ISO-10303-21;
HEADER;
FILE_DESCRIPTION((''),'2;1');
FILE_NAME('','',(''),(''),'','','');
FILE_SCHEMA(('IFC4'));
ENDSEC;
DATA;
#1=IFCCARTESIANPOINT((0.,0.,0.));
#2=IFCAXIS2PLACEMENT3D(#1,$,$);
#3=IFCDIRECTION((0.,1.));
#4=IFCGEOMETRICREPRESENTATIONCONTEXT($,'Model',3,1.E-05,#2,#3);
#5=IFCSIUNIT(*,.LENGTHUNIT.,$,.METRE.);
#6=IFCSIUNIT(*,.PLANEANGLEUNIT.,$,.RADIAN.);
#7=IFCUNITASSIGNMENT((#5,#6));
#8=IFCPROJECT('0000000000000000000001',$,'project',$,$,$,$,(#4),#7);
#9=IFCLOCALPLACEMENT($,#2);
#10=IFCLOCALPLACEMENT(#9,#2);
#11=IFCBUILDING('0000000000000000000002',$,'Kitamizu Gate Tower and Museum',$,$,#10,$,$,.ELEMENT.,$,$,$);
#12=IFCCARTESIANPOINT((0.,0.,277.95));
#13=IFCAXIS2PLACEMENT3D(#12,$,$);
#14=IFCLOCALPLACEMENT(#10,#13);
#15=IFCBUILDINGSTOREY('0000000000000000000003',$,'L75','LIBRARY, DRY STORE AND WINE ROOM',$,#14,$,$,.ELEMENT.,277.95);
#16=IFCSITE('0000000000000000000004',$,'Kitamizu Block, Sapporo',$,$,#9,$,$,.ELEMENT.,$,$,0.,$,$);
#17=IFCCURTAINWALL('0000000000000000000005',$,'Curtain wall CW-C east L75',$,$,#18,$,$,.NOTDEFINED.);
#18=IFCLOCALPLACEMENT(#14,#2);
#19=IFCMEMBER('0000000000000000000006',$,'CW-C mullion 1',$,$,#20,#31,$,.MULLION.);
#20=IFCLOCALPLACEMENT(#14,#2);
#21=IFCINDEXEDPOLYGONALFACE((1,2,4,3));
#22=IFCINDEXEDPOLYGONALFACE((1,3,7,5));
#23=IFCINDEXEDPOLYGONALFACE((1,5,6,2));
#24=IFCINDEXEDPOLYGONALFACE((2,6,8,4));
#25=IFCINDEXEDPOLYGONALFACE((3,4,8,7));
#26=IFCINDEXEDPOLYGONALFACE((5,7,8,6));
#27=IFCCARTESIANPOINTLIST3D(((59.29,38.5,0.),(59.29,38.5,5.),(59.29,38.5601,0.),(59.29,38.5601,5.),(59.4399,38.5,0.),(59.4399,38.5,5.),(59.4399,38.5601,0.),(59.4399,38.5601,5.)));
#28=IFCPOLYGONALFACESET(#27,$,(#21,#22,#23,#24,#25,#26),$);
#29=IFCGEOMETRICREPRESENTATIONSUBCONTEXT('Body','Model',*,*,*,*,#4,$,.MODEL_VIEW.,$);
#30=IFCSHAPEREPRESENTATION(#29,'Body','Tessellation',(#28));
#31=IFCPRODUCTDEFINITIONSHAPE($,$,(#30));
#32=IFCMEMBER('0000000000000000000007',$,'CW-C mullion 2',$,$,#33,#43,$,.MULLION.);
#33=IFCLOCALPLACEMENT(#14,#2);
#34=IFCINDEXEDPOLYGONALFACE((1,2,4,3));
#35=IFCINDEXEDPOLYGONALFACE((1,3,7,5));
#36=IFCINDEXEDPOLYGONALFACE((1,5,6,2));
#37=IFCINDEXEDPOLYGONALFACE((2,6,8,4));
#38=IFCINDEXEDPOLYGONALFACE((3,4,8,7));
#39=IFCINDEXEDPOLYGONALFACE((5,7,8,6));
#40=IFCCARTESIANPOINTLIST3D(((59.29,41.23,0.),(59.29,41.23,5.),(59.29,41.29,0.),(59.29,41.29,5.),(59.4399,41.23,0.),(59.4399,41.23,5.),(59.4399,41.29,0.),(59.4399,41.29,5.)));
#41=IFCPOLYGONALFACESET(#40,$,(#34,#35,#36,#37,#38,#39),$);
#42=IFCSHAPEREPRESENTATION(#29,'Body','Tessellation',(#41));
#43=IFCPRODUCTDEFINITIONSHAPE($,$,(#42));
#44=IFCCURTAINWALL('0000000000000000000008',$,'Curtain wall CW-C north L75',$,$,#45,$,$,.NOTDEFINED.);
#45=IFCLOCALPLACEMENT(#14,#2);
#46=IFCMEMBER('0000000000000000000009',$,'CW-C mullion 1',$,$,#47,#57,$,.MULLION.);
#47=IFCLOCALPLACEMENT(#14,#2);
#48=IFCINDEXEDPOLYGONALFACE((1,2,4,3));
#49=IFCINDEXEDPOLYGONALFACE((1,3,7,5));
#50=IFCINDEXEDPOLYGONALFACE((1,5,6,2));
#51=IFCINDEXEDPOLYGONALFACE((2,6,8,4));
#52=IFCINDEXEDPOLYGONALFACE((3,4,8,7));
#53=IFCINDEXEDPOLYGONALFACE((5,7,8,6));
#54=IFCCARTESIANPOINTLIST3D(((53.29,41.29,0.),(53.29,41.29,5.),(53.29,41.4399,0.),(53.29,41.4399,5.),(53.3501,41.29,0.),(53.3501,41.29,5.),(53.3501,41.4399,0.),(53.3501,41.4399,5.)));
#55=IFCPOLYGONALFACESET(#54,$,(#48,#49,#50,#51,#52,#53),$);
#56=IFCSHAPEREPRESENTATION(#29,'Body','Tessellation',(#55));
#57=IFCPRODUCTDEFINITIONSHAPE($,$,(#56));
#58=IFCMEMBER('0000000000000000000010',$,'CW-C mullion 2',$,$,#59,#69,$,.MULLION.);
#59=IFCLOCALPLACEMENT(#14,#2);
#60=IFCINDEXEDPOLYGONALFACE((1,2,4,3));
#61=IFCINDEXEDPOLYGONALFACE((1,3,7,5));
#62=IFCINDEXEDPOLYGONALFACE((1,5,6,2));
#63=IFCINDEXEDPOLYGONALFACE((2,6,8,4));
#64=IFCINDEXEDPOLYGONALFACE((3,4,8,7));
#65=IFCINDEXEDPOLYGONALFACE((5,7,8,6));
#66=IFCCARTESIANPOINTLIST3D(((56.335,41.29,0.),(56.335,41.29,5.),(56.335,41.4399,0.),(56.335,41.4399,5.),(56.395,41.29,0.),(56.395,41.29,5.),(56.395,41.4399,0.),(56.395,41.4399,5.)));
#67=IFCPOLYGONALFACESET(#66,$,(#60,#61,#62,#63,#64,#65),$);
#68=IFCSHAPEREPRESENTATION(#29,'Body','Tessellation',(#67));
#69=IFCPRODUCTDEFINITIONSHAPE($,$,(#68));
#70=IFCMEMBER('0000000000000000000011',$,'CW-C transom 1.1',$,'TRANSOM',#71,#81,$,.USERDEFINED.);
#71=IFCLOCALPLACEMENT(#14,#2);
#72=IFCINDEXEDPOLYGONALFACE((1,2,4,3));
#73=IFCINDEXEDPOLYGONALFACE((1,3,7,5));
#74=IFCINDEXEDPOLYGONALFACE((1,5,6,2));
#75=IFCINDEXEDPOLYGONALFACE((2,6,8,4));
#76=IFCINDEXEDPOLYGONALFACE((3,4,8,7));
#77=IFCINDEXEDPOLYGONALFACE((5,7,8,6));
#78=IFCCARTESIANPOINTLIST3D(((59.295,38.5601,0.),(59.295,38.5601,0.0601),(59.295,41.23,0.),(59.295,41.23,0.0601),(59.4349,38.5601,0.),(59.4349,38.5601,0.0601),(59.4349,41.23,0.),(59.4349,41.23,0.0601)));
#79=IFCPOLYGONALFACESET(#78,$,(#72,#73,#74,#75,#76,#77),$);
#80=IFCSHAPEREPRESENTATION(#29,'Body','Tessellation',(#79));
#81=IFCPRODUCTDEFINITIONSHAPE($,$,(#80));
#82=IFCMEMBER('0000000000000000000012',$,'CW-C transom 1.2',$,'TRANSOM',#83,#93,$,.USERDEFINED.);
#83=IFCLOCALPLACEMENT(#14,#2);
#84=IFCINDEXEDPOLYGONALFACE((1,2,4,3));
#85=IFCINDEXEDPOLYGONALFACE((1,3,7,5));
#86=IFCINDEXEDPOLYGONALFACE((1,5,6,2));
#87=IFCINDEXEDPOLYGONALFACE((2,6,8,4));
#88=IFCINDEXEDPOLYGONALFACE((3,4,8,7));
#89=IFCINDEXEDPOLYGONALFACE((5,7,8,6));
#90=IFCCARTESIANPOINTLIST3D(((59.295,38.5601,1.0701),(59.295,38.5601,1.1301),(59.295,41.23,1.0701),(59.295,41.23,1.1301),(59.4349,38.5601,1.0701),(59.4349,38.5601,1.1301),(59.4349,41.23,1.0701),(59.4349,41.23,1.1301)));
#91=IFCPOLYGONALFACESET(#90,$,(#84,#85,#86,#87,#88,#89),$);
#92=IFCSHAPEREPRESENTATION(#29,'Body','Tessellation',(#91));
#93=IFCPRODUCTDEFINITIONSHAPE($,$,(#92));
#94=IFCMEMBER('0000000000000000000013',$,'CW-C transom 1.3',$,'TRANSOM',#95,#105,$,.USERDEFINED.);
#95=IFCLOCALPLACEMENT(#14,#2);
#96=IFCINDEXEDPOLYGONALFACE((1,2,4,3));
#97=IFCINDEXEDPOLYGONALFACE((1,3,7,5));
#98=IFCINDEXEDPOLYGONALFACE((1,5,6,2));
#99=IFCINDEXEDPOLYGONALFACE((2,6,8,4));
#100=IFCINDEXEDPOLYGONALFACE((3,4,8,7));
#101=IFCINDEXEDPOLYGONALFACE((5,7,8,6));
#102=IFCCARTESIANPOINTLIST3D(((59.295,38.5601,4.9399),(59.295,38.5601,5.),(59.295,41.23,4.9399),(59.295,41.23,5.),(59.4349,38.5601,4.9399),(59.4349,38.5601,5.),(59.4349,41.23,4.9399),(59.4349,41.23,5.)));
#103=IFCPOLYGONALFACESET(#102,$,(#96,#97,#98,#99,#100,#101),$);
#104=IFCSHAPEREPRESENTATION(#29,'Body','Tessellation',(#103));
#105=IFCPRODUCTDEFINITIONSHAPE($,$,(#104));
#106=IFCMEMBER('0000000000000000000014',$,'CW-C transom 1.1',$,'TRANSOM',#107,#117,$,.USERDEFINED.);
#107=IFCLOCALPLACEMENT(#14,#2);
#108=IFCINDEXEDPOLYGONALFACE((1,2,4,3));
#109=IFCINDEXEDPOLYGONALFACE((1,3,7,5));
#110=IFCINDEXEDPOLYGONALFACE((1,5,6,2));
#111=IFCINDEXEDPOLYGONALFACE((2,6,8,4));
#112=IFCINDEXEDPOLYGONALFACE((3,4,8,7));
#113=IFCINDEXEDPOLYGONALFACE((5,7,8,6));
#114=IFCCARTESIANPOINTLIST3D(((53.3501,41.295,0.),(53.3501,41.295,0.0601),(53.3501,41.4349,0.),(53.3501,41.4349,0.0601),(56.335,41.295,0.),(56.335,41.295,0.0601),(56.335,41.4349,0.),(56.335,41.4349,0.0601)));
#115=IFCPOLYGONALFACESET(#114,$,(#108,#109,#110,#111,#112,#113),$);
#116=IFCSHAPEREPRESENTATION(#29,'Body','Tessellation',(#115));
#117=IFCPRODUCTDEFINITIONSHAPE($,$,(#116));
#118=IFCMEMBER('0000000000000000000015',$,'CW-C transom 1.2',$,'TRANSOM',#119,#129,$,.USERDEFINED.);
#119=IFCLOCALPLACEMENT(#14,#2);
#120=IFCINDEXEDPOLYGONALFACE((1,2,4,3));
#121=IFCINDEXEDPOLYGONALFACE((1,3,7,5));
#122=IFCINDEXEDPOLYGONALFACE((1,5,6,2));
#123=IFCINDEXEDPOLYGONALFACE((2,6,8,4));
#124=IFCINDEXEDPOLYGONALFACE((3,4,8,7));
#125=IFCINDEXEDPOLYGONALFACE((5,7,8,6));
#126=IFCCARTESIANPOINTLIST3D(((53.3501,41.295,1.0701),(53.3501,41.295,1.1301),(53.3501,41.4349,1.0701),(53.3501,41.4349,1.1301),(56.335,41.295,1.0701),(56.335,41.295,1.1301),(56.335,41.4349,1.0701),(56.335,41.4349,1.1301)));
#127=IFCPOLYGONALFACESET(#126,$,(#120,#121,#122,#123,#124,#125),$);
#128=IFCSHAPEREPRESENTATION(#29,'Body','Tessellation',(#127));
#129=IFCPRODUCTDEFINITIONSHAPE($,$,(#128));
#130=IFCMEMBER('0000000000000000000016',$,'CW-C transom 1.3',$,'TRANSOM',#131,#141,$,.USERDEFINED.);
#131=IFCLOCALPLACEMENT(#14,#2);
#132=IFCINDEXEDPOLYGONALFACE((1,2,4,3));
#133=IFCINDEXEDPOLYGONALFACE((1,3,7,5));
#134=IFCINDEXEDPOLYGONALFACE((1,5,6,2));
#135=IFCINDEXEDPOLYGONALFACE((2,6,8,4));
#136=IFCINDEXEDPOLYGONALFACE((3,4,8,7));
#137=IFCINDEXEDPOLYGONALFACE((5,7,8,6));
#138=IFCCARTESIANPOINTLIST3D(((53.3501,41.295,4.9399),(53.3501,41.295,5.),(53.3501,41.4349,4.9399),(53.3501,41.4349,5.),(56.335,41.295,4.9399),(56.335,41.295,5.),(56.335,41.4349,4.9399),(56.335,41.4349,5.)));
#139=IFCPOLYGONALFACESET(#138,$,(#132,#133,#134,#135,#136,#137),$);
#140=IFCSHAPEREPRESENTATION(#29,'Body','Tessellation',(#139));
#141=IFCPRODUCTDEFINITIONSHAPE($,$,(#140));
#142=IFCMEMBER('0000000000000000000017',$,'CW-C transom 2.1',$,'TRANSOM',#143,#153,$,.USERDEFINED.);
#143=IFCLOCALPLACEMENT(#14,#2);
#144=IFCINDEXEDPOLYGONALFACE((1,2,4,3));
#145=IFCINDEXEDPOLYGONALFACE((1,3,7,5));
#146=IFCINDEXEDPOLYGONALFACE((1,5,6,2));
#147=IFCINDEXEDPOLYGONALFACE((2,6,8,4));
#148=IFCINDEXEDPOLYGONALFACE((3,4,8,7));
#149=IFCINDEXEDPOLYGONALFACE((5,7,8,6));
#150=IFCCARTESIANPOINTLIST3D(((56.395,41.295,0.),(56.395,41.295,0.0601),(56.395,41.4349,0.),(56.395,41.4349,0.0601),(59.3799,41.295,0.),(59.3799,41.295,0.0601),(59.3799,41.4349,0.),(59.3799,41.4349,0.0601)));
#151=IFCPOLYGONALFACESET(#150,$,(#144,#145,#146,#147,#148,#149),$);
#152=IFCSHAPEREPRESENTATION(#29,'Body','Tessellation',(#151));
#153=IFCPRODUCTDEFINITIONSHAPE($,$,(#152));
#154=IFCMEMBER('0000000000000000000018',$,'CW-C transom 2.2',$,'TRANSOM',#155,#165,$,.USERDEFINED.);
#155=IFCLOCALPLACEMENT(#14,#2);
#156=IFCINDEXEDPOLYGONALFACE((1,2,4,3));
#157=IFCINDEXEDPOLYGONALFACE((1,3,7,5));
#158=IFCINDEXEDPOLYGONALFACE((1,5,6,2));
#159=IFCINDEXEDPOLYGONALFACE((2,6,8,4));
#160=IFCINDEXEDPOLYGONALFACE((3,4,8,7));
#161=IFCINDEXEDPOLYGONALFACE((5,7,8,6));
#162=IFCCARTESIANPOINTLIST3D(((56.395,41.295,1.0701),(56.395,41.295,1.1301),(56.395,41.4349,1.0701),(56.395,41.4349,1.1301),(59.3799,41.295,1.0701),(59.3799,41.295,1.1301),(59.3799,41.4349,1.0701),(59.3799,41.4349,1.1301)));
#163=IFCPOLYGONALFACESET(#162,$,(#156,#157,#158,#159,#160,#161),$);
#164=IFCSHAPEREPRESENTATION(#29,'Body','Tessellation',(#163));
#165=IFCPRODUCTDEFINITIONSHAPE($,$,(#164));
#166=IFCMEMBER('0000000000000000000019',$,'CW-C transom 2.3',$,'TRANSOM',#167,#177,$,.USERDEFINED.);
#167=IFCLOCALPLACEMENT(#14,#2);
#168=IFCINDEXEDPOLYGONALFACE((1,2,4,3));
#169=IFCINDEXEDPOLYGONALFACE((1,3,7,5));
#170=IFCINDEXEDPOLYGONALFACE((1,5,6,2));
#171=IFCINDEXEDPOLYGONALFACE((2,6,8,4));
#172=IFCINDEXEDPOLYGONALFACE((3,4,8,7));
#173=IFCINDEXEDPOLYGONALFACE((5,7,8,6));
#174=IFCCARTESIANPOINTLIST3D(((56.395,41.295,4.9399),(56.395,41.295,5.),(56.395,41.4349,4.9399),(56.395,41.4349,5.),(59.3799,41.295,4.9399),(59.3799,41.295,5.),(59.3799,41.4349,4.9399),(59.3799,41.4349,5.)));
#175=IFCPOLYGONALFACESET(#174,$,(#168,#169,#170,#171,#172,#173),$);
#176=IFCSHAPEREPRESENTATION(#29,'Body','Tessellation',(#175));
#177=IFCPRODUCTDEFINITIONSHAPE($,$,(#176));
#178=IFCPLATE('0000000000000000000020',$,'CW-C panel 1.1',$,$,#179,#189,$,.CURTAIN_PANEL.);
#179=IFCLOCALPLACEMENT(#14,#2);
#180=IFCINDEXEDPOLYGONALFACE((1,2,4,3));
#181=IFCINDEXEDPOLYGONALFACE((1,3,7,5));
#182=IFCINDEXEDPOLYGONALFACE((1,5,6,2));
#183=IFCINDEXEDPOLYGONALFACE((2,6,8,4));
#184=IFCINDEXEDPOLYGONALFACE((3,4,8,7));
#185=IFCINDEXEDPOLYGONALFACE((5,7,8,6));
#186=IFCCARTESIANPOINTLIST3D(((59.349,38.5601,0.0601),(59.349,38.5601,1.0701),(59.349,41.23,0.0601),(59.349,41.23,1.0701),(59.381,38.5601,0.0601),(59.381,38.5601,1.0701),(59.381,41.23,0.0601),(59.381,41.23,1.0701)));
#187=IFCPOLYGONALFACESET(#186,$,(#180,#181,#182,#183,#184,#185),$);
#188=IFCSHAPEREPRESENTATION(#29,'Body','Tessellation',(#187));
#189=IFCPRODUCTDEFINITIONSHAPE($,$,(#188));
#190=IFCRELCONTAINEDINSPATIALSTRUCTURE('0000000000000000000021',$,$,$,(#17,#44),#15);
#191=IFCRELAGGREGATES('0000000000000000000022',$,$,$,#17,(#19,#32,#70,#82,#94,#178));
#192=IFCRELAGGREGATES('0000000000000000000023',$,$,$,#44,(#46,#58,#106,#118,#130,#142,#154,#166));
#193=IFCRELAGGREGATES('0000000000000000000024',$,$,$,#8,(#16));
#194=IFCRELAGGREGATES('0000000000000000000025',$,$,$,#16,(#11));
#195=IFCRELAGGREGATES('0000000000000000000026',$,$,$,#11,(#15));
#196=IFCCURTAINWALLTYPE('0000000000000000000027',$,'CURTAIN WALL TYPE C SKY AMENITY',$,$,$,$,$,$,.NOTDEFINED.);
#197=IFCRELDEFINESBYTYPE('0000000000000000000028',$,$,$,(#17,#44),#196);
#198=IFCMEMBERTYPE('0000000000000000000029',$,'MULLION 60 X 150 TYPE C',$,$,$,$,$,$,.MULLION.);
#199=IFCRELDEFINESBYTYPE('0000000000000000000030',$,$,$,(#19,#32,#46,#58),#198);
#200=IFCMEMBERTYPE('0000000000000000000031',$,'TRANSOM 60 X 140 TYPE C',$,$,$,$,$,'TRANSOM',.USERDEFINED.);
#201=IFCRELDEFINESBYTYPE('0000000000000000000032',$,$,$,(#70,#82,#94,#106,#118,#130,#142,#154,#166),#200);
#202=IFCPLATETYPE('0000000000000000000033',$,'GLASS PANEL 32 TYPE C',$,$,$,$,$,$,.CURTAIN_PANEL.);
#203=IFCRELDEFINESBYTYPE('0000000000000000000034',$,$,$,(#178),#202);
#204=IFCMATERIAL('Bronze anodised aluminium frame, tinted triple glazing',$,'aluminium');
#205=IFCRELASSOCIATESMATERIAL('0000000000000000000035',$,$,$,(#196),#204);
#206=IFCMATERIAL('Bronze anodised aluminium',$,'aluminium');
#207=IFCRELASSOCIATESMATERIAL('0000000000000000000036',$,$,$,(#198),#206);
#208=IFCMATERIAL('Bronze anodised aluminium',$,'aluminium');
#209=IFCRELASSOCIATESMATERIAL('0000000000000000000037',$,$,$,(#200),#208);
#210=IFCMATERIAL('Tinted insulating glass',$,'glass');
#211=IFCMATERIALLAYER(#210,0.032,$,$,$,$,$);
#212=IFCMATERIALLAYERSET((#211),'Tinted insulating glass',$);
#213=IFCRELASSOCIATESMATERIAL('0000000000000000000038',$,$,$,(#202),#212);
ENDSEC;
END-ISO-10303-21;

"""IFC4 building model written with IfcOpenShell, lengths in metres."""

from ifc_helpers import new_model, si_unit, direction, frame, origin, origin_2d, place, context, subcontext, project, spatial, rectangle, extrude, material, layer, layer_set, material_profile, profile_set, type_object, element, aggregate, save


model = new_model("IFC4")

# Units and contexts
model_context = context("Model", 3, precision=1e-05, world=origin(), true_north=direction((0.0, 1.0)))
body_context = subcontext(model_context, "Body", "Model", "MODEL_VIEW")
ifc_project = project(units=[si_unit("LENGTHUNIT", "METRE"), si_unit("PLANEANGLEUNIT", "RADIAN")], contexts=[model_context])

# Site, building, storey
site_placement = place(None, origin())
site = spatial("IfcSite", under=ifc_project, at=site_placement, Name="Kitamizu Block, Sapporo", CompositionType="ELEMENT", RefElevation=0.0)
building_placement = place(site_placement, origin())
building = spatial("IfcBuilding", under=site, at=building_placement, Name="Kitamizu Gate Tower and Museum", CompositionType="ELEMENT")
storey_placement = place(building_placement, frame((0.0, 0.0, 277.95)))
storey = spatial("IfcBuildingStorey", under=building, at=storey_placement, Name="L75", Description="LIBRARY, DRY STORE AND WINE ROOM", CompositionType="ELEMENT", Elevation=277.95)

# Curtain walls, members
ifc_material_1 = material(Name="Bronze anodised aluminium frame, tinted triple glazing", Category="aluminium")
curtain_wall_type = type_object("IfcCurtainWallType", Name="CURTAIN WALL TYPE C SKY AMENITY", PredefinedType="NOTDEFINED", material=ifc_material_1)
curtain_wall_1_placement = place(storey_placement, origin())
curtain_wall_1 = element("IfcCurtainWall", 1, at=curtain_wall_1_placement, inside=storey, type_object=curtain_wall_type, Name="Curtain wall CW-C east L75", PredefinedType="NOTDEFINED")
ifc_material_2 = material(Name="Bronze anodised aluminium", Category="aluminium")
ifc_material_profile_1 = material_profile(ifc_material_2, rectangle(XDim=0.0601, YDim=0.1499, at=origin_2d()), Name="AL 60X150")
ifc_profile_set_1 = profile_set([ifc_material_profile_1], Name="Bronze anodised aluminium")
member_type_1 = type_object("IfcMemberType", Name="MULLION 60 X 150 TYPE C", PredefinedType="MULLION", material=ifc_profile_set_1)
member_1_placement = place(storey_placement, frame((59.365, 38.53, 0.0), z_axis=(0.0, 0.0, 1.0), x_axis=(0.0, 1.0, 0.0)))
member_1 = element("IfcMember", 2, at=member_1_placement, type_object=member_type_1, Name="CW-C mullion 1", PredefinedType="MULLION", context=body_context, shape_type="SweptSolid", body=[
    extrude(rectangle(XDim=0.0601, YDim=0.1499, at=origin_2d()), origin(), (0.0, 0.0, 1.0), 5.0),
])
member_2_placement = place(storey_placement, frame((59.365, 41.26, 0.0), z_axis=(0.0, 0.0, 1.0), x_axis=(0.0, 1.0, 0.0)))
member_2 = element("IfcMember", 3, at=member_2_placement, type_object=member_type_1, Name="CW-C mullion 2", PredefinedType="MULLION", context=body_context, shape_type="SweptSolid", body=[
    extrude(rectangle(XDim=0.0601, YDim=0.1499, at=origin_2d()), origin(), (0.0, 0.0, 1.0), 5.0),
])
curtain_wall_2_placement = place(storey_placement, origin())
curtain_wall_2 = element("IfcCurtainWall", 4, at=curtain_wall_2_placement, inside=storey, type_object=curtain_wall_type, Name="Curtain wall CW-C north L75", PredefinedType="NOTDEFINED")
member_3_placement = place(storey_placement, frame((53.3201, 41.365, 0.0), z_axis=(0.0, 0.0, 1.0), x_axis=(1.0, 0.0, 0.0)))
member_3 = element("IfcMember", 5, at=member_3_placement, type_object=member_type_1, Name="CW-C mullion 1", PredefinedType="MULLION", context=body_context, shape_type="SweptSolid", body=[
    extrude(rectangle(XDim=0.0601, YDim=0.1499, at=origin_2d()), origin(), (0.0, 0.0, 1.0), 5.0),
])
member_4_placement = place(storey_placement, frame((56.365, 41.365, 0.0), z_axis=(0.0, 0.0, 1.0), x_axis=(1.0, 0.0, 0.0)))
member_4 = element("IfcMember", 6, at=member_4_placement, type_object=member_type_1, Name="CW-C mullion 2", PredefinedType="MULLION", context=body_context, shape_type="SweptSolid", body=[
    extrude(rectangle(XDim=0.0601, YDim=0.1499, at=origin_2d()), origin(), (0.0, 0.0, 1.0), 5.0),
])

# Members
ifc_material_3 = material(Name="Bronze anodised aluminium", Category="aluminium")
ifc_material_profile_2 = material_profile(ifc_material_3, rectangle(XDim=0.1399, YDim=0.0601, at=origin_2d()), Name="AL 60X140")
ifc_profile_set_2 = profile_set([ifc_material_profile_2], Name="Bronze anodised aluminium")
member_type_2 = type_object("IfcMemberType", Name="TRANSOM 60 X 140 TYPE C", ElementType="TRANSOM", PredefinedType="USERDEFINED", material=ifc_profile_set_2)
member_5_placement = place(storey_placement, frame((59.365, 38.5601, 0.03), z_axis=(0.0, 1.0, 0.0), x_axis=(-1.0, 0.0, 0.0)))
member_5 = element("IfcMember", 7, at=member_5_placement, type_object=member_type_2, Name="CW-C transom 1.1", ObjectType="TRANSOM", PredefinedType="USERDEFINED", context=body_context, shape_type="SweptSolid", body=[
    extrude(rectangle(XDim=0.1399, YDim=0.0601, at=origin_2d()), origin(), (0.0, 0.0, 1.0), 2.6699),
])
member_6_placement = place(storey_placement, frame((59.365, 38.5601, 1.1001), z_axis=(0.0, 1.0, 0.0), x_axis=(-1.0, 0.0, 0.0)))
member_6 = element("IfcMember", 8, at=member_6_placement, type_object=member_type_2, Name="CW-C transom 1.2", ObjectType="TRANSOM", PredefinedType="USERDEFINED", context=body_context, shape_type="SweptSolid", body=[
    extrude(rectangle(XDim=0.1399, YDim=0.0601, at=origin_2d()), origin(), (0.0, 0.0, 1.0), 2.6699),
])
member_7_placement = place(storey_placement, frame((59.365, 38.5601, 4.97), z_axis=(0.0, 1.0, 0.0), x_axis=(-1.0, 0.0, 0.0)))
member_7 = element("IfcMember", 9, at=member_7_placement, type_object=member_type_2, Name="CW-C transom 1.3", ObjectType="TRANSOM", PredefinedType="USERDEFINED", context=body_context, shape_type="SweptSolid", body=[
    extrude(rectangle(XDim=0.1399, YDim=0.0601, at=origin_2d()), origin(), (0.0, 0.0, 1.0), 2.6699),
])
member_8_placement = place(storey_placement, frame((53.3501, 41.365, 0.03), z_axis=(1.0, 0.0, 0.0), x_axis=(0.0, 1.0, 0.0)))
member_8 = element("IfcMember", 10, at=member_8_placement, type_object=member_type_2, Name="CW-C transom 1.1", ObjectType="TRANSOM", PredefinedType="USERDEFINED", context=body_context, shape_type="SweptSolid", body=[
    extrude(rectangle(XDim=0.1399, YDim=0.0601, at=origin_2d()), origin(), (0.0, 0.0, 1.0), 2.9849),
])
member_9_placement = place(storey_placement, frame((53.3501, 41.365, 1.1001), z_axis=(1.0, 0.0, 0.0), x_axis=(0.0, 1.0, 0.0)))
member_9 = element("IfcMember", 11, at=member_9_placement, type_object=member_type_2, Name="CW-C transom 1.2", ObjectType="TRANSOM", PredefinedType="USERDEFINED", context=body_context, shape_type="SweptSolid", body=[
    extrude(rectangle(XDim=0.1399, YDim=0.0601, at=origin_2d()), origin(), (0.0, 0.0, 1.0), 2.9849),
])
member_10_placement = place(storey_placement, frame((53.3501, 41.365, 4.97), z_axis=(1.0, 0.0, 0.0), x_axis=(0.0, 1.0, 0.0)))
member_10 = element("IfcMember", 12, at=member_10_placement, type_object=member_type_2, Name="CW-C transom 1.3", ObjectType="TRANSOM", PredefinedType="USERDEFINED", context=body_context, shape_type="SweptSolid", body=[
    extrude(rectangle(XDim=0.1399, YDim=0.0601, at=origin_2d()), origin(), (0.0, 0.0, 1.0), 2.9849),
])
member_11_placement = place(storey_placement, frame((56.395, 41.365, 0.03), z_axis=(1.0, 0.0, 0.0), x_axis=(0.0, 1.0, 0.0)))
member_11 = element("IfcMember", 13, at=member_11_placement, type_object=member_type_2, Name="CW-C transom 2.1", ObjectType="TRANSOM", PredefinedType="USERDEFINED", context=body_context, shape_type="SweptSolid", body=[
    extrude(rectangle(XDim=0.1399, YDim=0.0601, at=origin_2d()), origin(), (0.0, 0.0, 1.0), 2.9849),
])
member_12_placement = place(storey_placement, frame((56.395, 41.365, 1.1001), z_axis=(1.0, 0.0, 0.0), x_axis=(0.0, 1.0, 0.0)))
member_12 = element("IfcMember", 14, at=member_12_placement, type_object=member_type_2, Name="CW-C transom 2.2", ObjectType="TRANSOM", PredefinedType="USERDEFINED", context=body_context, shape_type="SweptSolid", body=[
    extrude(rectangle(XDim=0.1399, YDim=0.0601, at=origin_2d()), origin(), (0.0, 0.0, 1.0), 2.9849),
])
member_13_placement = place(storey_placement, frame((56.395, 41.365, 4.97), z_axis=(1.0, 0.0, 0.0), x_axis=(0.0, 1.0, 0.0)))
member_13 = element("IfcMember", 15, at=member_13_placement, type_object=member_type_2, Name="CW-C transom 2.3", ObjectType="TRANSOM", PredefinedType="USERDEFINED", context=body_context, shape_type="SweptSolid", body=[
    extrude(rectangle(XDim=0.1399, YDim=0.0601, at=origin_2d()), origin(), (0.0, 0.0, 1.0), 2.9849),
])

# Plate
ifc_material_4 = material(Name="Tinted insulating glass", Category="glass")
ifc_layer_1 = layer(ifc_material_4, 0.032)
ifc_layer_set_1 = layer_set([ifc_layer_1], Name="Tinted insulating glass")
plate_type = type_object("IfcPlateType", Name="GLASS PANEL 32 TYPE C", PredefinedType="CURTAIN_PANEL", material=ifc_layer_set_1)
plate_1_placement = place(storey_placement, frame((59.365, 39.895, 0.0601), z_axis=(0.0, 0.0, 1.0), x_axis=(0.0, 1.0, 0.0)))
plate_1 = element("IfcPlate", 16, at=plate_1_placement, type_object=plate_type, Name="CW-C panel 1.1", PredefinedType="CURTAIN_PANEL", context=body_context, shape_type="SweptSolid", body=[
    extrude(rectangle(XDim=2.6699, YDim=0.032, at=origin_2d()), origin(), (0.0, 0.0, 1.0), 1.01),
])
aggregate(curtain_wall_1, [member_1, member_2, member_5, member_6, member_7, plate_1])
aggregate(curtain_wall_2, [member_3, member_4, member_8, member_9, member_10, member_11, member_12, member_13])

save(model, "model.ifc")
